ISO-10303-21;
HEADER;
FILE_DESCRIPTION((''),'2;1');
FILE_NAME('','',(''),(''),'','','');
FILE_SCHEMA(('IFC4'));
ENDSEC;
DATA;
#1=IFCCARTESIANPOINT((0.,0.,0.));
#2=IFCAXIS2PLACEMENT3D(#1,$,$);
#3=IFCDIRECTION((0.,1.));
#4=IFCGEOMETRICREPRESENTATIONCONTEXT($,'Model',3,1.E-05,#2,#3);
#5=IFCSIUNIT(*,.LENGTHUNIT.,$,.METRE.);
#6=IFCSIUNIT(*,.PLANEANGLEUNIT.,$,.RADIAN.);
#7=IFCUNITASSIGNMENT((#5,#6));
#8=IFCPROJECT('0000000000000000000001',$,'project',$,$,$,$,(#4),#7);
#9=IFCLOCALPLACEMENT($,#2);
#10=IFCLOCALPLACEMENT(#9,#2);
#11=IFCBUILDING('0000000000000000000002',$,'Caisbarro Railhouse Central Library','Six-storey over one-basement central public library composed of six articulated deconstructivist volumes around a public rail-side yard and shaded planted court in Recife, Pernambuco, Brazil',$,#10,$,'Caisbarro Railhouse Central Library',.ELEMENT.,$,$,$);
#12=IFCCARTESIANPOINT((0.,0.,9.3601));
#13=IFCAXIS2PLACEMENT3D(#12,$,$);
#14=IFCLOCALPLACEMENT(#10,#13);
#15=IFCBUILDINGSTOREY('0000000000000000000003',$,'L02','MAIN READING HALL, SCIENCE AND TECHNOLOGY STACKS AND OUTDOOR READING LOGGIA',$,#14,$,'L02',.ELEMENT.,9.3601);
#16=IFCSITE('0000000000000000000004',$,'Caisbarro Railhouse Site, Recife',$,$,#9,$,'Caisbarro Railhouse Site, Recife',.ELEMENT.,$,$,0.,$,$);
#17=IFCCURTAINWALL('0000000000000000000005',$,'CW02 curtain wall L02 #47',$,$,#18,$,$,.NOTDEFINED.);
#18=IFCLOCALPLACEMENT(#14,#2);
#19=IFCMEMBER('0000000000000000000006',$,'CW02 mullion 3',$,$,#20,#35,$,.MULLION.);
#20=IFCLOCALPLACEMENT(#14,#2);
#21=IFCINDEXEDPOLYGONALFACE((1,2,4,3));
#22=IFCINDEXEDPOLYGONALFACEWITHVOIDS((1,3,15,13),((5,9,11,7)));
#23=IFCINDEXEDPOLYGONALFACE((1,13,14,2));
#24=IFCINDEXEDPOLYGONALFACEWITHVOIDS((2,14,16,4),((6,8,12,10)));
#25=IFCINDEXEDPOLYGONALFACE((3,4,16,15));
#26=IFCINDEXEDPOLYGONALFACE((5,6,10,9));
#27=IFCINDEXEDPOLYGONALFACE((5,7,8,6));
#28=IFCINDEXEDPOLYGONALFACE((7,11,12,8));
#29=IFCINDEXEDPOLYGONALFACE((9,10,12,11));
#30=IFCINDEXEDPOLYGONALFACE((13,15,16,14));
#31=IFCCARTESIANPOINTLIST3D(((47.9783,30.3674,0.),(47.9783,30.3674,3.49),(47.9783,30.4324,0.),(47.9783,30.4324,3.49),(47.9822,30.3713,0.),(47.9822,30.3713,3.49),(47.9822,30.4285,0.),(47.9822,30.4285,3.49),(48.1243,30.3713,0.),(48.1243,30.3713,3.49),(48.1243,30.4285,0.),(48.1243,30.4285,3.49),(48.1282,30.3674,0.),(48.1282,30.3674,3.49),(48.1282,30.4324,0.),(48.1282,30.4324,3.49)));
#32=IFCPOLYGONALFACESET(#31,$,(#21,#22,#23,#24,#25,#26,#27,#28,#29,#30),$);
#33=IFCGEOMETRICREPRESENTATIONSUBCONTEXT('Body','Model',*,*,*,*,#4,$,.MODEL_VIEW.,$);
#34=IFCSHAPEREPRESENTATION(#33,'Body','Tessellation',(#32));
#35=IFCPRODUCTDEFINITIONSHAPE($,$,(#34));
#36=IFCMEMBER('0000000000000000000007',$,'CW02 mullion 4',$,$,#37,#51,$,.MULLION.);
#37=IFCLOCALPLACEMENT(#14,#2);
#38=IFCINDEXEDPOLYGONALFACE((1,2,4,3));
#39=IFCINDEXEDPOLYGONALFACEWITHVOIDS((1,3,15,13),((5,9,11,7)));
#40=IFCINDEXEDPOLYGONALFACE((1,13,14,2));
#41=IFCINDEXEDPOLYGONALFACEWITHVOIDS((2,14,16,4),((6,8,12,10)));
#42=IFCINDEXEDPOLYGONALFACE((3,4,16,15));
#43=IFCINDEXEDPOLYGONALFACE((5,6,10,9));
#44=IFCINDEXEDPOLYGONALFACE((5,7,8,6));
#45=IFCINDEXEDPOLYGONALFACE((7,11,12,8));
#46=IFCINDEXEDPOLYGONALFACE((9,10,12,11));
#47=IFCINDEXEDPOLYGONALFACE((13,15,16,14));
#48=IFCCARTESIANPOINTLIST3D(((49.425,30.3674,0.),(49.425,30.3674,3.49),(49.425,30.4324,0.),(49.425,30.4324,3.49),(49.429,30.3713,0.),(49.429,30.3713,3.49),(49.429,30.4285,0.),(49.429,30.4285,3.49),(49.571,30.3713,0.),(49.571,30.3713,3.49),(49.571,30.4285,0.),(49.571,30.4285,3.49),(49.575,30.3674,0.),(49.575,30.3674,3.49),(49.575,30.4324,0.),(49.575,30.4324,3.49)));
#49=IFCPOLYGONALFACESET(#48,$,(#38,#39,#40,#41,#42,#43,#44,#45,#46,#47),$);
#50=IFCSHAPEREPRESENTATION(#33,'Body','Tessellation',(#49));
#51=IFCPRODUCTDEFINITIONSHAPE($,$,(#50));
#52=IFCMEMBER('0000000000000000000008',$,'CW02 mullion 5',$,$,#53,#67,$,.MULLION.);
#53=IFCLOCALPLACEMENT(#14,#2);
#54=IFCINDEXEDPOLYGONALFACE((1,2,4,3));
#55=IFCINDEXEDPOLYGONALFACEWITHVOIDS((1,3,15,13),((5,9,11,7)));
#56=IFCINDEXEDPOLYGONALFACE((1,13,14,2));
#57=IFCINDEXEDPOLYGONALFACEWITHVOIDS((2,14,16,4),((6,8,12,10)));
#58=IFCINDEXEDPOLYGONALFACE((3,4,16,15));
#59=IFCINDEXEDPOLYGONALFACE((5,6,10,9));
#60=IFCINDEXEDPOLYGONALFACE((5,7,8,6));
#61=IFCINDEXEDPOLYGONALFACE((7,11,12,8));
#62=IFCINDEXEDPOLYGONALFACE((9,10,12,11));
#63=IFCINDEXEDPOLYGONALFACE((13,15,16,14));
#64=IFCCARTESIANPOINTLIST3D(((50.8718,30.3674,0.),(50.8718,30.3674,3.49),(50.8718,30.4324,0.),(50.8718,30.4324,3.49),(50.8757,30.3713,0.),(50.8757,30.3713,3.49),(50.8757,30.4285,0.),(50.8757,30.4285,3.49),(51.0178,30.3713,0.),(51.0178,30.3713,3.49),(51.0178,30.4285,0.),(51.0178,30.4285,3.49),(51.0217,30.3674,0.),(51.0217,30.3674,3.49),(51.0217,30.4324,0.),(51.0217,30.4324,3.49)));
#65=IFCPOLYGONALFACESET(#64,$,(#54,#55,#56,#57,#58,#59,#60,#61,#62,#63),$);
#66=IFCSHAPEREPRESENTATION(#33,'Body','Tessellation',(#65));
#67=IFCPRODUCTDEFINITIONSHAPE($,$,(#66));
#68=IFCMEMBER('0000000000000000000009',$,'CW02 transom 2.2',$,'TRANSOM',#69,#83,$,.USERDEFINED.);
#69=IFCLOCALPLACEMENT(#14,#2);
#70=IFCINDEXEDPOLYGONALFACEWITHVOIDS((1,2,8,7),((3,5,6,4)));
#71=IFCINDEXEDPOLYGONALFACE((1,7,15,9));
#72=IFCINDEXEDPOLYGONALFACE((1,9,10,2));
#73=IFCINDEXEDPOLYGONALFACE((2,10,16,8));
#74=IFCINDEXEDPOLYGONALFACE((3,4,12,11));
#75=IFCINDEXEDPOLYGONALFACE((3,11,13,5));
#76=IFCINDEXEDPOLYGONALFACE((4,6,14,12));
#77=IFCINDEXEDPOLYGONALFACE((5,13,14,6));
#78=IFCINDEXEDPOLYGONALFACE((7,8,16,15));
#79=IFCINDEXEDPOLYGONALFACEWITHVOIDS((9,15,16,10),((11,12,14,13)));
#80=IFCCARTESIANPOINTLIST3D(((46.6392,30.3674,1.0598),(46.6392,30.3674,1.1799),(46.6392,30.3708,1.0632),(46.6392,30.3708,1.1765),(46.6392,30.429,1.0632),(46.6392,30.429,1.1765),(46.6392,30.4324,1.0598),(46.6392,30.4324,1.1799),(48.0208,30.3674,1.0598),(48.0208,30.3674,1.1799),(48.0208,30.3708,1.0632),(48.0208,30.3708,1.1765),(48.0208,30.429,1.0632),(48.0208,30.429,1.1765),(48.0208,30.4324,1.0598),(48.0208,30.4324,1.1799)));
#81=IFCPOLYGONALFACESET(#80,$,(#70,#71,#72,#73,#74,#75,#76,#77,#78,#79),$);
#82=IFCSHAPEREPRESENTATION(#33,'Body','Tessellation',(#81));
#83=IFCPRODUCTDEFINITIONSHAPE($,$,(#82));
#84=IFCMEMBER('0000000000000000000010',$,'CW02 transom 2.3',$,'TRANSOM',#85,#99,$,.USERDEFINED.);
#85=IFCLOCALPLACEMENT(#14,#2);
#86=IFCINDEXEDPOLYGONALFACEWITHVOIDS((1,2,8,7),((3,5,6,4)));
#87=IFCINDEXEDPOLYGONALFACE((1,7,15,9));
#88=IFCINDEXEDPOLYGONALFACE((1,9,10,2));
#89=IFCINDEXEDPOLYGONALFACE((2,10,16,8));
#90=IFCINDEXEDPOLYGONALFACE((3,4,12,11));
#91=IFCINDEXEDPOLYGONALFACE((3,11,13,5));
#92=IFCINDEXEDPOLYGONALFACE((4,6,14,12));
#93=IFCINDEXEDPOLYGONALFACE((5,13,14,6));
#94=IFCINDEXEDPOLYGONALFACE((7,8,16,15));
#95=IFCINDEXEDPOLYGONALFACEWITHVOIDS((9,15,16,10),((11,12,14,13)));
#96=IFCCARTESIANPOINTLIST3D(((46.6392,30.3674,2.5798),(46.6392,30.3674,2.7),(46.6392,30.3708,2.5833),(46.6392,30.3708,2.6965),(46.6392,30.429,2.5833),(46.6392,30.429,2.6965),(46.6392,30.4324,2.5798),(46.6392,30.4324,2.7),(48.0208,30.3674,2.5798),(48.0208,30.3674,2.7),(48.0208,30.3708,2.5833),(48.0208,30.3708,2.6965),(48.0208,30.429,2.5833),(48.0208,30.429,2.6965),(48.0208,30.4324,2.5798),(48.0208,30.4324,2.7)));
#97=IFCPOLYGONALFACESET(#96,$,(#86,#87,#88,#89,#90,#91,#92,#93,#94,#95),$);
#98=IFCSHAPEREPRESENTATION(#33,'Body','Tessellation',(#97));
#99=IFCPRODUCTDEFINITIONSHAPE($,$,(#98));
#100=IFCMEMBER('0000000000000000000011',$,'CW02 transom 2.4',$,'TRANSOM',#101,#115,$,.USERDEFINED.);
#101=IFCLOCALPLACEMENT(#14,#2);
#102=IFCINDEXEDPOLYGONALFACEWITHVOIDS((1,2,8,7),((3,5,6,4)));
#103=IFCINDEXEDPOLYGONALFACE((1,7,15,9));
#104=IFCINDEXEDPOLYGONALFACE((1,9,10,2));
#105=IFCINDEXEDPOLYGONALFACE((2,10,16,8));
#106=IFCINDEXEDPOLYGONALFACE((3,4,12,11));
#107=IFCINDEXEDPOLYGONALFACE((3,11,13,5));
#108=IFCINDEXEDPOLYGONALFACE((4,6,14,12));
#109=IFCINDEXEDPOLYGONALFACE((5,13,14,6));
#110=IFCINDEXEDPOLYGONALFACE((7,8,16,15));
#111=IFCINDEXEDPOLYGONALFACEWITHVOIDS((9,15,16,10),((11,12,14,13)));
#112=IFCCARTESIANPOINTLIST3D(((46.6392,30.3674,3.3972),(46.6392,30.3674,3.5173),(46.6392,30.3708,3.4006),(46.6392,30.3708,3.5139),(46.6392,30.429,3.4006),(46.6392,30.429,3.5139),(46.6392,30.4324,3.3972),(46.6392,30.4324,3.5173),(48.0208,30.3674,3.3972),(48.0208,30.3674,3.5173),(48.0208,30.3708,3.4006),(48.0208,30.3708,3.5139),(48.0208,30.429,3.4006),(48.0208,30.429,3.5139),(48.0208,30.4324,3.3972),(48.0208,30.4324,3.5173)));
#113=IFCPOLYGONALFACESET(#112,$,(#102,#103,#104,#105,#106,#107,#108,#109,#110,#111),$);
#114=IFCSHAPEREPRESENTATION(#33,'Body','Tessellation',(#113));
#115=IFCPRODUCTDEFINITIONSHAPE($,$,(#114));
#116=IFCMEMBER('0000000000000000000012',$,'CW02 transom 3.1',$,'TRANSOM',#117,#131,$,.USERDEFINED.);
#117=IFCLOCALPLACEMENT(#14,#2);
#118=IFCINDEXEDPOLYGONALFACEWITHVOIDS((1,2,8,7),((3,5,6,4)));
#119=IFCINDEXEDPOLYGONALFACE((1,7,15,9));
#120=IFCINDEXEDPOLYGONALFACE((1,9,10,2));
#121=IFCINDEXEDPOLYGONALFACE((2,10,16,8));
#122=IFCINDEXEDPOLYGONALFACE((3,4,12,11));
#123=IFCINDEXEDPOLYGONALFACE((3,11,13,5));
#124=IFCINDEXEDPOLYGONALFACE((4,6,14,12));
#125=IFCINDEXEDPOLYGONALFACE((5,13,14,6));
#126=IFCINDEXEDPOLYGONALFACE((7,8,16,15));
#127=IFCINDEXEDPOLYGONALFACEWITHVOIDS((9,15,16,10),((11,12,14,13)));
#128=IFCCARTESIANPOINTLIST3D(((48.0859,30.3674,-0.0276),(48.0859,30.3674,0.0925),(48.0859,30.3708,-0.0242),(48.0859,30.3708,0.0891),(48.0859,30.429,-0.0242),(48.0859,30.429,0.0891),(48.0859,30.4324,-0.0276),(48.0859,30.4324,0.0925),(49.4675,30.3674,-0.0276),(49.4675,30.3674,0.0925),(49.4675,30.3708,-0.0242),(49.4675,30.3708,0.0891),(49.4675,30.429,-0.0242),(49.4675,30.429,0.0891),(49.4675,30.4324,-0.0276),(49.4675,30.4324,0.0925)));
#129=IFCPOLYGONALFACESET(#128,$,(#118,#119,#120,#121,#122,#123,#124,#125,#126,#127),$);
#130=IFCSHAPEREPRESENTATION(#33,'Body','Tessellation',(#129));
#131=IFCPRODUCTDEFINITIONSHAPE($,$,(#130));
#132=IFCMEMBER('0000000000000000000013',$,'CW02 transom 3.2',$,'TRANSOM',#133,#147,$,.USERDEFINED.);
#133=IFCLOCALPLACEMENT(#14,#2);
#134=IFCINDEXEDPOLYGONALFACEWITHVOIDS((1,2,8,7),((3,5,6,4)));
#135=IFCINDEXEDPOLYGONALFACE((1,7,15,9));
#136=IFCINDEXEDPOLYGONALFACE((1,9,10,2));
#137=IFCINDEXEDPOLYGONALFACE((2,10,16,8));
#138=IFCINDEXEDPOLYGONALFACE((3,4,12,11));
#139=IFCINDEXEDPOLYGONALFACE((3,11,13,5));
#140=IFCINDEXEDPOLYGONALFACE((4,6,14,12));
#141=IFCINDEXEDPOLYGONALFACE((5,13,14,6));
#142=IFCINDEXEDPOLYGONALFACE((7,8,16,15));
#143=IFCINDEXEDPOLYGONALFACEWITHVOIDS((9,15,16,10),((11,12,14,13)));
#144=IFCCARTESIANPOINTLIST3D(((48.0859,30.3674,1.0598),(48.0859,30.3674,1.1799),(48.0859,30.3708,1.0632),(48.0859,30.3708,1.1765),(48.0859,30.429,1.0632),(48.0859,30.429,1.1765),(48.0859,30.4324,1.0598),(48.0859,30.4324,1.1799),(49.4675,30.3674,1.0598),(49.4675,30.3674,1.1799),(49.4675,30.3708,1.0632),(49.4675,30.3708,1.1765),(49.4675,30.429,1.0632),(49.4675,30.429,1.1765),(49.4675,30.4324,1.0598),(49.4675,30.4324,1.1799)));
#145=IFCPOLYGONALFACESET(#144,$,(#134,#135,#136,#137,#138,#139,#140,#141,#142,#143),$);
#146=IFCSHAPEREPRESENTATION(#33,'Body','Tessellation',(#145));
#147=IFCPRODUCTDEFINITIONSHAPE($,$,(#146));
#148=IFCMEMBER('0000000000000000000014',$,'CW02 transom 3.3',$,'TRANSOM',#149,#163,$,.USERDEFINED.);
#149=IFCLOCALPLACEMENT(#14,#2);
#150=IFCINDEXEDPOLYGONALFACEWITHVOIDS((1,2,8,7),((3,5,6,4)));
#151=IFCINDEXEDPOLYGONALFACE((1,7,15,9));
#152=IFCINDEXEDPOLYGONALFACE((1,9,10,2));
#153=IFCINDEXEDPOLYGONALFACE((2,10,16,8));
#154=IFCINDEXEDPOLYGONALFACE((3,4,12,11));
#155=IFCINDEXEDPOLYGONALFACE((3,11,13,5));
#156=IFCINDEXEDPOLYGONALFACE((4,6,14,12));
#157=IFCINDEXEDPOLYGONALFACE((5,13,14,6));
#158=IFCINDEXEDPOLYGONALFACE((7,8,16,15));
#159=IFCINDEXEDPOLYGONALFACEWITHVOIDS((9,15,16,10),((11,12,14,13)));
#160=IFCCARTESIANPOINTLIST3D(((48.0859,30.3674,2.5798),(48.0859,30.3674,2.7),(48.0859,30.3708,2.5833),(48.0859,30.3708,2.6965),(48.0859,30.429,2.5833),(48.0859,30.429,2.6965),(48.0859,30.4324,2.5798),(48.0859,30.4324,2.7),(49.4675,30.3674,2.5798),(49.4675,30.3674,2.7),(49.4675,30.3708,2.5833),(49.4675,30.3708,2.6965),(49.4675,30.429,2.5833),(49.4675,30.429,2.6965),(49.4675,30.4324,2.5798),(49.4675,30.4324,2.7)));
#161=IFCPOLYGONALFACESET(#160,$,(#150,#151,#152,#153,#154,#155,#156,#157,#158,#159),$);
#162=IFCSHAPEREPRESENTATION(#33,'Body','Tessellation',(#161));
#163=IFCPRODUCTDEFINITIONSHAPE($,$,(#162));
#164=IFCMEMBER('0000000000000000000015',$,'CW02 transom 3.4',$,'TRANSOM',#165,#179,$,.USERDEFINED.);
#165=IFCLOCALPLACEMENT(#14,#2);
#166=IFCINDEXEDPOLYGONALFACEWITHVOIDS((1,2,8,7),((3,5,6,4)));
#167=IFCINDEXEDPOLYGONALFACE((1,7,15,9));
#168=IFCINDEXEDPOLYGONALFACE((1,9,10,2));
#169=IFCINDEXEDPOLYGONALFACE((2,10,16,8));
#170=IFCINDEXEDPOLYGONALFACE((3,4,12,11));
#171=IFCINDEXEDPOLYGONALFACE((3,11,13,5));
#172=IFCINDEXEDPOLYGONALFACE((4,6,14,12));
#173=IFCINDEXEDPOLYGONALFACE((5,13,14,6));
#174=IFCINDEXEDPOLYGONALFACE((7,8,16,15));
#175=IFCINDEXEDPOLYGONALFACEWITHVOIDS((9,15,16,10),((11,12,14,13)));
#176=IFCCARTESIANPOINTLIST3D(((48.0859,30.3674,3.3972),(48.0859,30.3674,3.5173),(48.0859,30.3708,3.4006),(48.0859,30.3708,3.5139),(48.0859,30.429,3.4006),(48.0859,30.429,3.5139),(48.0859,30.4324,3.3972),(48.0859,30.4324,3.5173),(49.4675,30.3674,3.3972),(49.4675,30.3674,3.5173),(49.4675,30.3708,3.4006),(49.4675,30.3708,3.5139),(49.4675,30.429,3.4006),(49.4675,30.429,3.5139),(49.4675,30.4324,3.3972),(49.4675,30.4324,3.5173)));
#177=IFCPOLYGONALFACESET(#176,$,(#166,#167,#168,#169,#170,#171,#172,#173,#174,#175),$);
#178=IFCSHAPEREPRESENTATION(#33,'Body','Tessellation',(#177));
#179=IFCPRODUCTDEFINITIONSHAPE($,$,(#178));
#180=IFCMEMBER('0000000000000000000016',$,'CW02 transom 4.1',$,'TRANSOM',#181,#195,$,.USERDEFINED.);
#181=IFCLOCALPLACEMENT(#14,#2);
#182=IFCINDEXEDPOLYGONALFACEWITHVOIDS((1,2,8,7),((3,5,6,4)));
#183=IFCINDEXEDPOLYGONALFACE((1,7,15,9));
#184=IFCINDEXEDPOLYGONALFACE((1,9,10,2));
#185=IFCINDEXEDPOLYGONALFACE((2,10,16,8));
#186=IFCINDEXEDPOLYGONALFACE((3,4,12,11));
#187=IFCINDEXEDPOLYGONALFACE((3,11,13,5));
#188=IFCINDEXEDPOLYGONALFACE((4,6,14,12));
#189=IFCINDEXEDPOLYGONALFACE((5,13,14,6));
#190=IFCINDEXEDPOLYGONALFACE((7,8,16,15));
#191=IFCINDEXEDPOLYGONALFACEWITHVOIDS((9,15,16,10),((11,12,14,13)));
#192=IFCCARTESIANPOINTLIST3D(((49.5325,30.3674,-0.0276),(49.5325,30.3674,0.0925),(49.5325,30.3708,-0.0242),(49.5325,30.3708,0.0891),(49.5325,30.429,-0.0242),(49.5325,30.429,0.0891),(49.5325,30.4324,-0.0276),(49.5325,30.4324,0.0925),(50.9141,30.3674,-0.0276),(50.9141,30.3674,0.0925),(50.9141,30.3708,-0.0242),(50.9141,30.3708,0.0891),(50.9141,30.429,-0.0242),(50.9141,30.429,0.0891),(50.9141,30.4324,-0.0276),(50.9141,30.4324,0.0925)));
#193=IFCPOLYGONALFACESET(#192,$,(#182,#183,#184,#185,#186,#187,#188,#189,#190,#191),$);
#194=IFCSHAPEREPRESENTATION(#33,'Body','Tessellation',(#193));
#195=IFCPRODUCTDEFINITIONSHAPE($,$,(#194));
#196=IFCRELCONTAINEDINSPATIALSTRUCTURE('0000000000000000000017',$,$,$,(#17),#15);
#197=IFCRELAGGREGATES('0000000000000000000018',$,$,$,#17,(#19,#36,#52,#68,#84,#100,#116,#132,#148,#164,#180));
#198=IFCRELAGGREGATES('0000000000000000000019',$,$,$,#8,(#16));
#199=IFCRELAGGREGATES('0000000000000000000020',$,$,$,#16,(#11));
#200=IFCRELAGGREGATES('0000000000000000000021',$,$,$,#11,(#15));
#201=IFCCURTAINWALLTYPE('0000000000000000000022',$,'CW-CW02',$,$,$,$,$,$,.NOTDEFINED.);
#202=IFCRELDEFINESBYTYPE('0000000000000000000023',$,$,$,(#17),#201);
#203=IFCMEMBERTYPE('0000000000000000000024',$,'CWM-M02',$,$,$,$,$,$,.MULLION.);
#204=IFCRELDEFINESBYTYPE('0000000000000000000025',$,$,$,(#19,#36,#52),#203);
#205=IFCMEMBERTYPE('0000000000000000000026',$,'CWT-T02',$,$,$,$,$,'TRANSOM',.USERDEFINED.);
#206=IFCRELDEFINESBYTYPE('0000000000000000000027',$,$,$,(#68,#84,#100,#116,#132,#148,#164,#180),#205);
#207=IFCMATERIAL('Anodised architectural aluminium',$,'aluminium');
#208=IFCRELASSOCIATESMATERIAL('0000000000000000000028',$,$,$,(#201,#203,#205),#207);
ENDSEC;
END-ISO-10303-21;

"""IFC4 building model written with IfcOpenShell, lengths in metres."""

from ifc_helpers import new_model, si_unit, direction, frame, origin, origin_2d, place, context, subcontext, project, spatial, hollow_rectangle, extrude, material, material_profile, profile_set, type_object, element, aggregate, save


model = new_model("IFC4")

# Units and contexts
model_context = context("Model", 3, precision=1e-05, world=origin(), true_north=direction((0.0, 1.0)))
body_context = subcontext(model_context, "Body", "Model", "MODEL_VIEW")
ifc_project = project(units=[si_unit("LENGTHUNIT", "METRE"), si_unit("PLANEANGLEUNIT", "RADIAN")], contexts=[model_context])

# Site, building, storey
site_placement = place(None, origin())
site = spatial("IfcSite", under=ifc_project, at=site_placement, Name="Caisbarro Railhouse Site, Recife", LongName="Caisbarro Railhouse Site, Recife", CompositionType="ELEMENT", RefElevation=0.0)
building_placement = place(site_placement, origin())
building = spatial("IfcBuilding", under=site, at=building_placement, Name="Caisbarro Railhouse Central Library", Description="Six-storey over one-basement central public library composed of six articulated deconstructivist volumes around a public rail-side yard and shaded planted court in Recife, Pernambuco, Brazil", LongName="Caisbarro Railhouse Central Library", CompositionType="ELEMENT")
storey_placement = place(building_placement, frame((0.0, 0.0, 9.3601)))
storey = spatial("IfcBuildingStorey", under=building, at=storey_placement, Name="L02", Description="MAIN READING HALL, SCIENCE AND TECHNOLOGY STACKS AND OUTDOOR READING LOGGIA", LongName="L02", CompositionType="ELEMENT", Elevation=9.3601)

# Curtain wall, members
ifc_material_1 = material(Name="Anodised architectural aluminium", Category="aluminium")
curtain_wall_type = type_object("IfcCurtainWallType", Name="CW-CW02", PredefinedType="NOTDEFINED", material=ifc_material_1)
curtain_wall_placement = place(storey_placement, origin())
curtain_wall = element("IfcCurtainWall", 1, at=curtain_wall_placement, inside=storey, type_object=curtain_wall_type, Name="CW02 curtain wall L02 #47", PredefinedType="NOTDEFINED")
ifc_material_profile_1 = material_profile(ifc_material_1, hollow_rectangle(XDim=0.0649, YDim=0.1499, WallThickness=0.0039, at=origin_2d()), Name="ALU-MUL-65X150")
ifc_profile_set_1 = profile_set([ifc_material_profile_1], Name="Anodised architectural aluminium")
member_type_1 = type_object("IfcMemberType", Name="CWM-M02", PredefinedType="MULLION", material=ifc_profile_set_1)
member_1_placement = place(storey_placement, frame((48.0532, 30.3999, 0.0), z_axis=(0.0, 0.0, 1.0), x_axis=(0.0, 1.0, 0.0)))
member_1 = element("IfcMember", 2, at=member_1_placement, type_object=member_type_1, Name="CW02 mullion 3", PredefinedType="MULLION", context=body_context, shape_type="SweptSolid", body=[
    extrude(hollow_rectangle(XDim=0.0649, YDim=0.1499, WallThickness=0.0039, at=origin_2d()), origin(), (0.0, 0.0, 1.0), 3.49),
])
member_2_placement = place(storey_placement, frame((49.5, 30.3999, 0.0), z_axis=(0.0, 0.0, 1.0), x_axis=(0.0, 1.0, 0.0)))
member_2 = element("IfcMember", 3, at=member_2_placement, type_object=member_type_1, Name="CW02 mullion 4", PredefinedType="MULLION", context=body_context, shape_type="SweptSolid", body=[
    extrude(hollow_rectangle(XDim=0.0649, YDim=0.1499, WallThickness=0.0039, at=origin_2d()), origin(), (0.0, 0.0, 1.0), 3.49),
])
member_3_placement = place(storey_placement, frame((50.9468, 30.3999, 0.0), z_axis=(0.0, 0.0, 1.0), x_axis=(0.0, 1.0, 0.0)))
member_3 = element("IfcMember", 4, at=member_3_placement, type_object=member_type_1, Name="CW02 mullion 5", PredefinedType="MULLION", context=body_context, shape_type="SweptSolid", body=[
    extrude(hollow_rectangle(XDim=0.0649, YDim=0.1499, WallThickness=0.0039, at=origin_2d()), origin(), (0.0, 0.0, 1.0), 3.49),
])
ifc_material_profile_2 = material_profile(ifc_material_1, hollow_rectangle(XDim=0.0649, YDim=0.1201, WallThickness=0.0034, at=origin_2d()), Name="ALU-TRN-65X120")
ifc_profile_set_2 = profile_set([ifc_material_profile_2], Name="Anodised architectural aluminium")
member_type_2 = type_object("IfcMemberType", Name="CWT-T02", ElementType="TRANSOM", PredefinedType="USERDEFINED", material=ifc_profile_set_2)
member_4_placement = place(storey_placement, frame((46.6392, 30.3999, 1.1199), z_axis=(1.0, 0.0, 0.0), x_axis=(0.0, 1.0, 0.0)))
member_4 = element("IfcMember", 5, at=member_4_placement, type_object=member_type_2, Name="CW02 transom 2.2", ObjectType="TRANSOM", PredefinedType="USERDEFINED", context=body_context, shape_type="SweptSolid", body=[
    extrude(hollow_rectangle(XDim=0.0649, YDim=0.1201, WallThickness=0.0034, at=origin_2d()), origin(), (0.0, 0.0, 1.0), 1.3816),
])
member_5_placement = place(storey_placement, frame((46.6392, 30.3999, 2.6399), z_axis=(1.0, 0.0, 0.0), x_axis=(0.0, 1.0, 0.0)))
member_5 = element("IfcMember", 6, at=member_5_placement, type_object=member_type_2, Name="CW02 transom 2.3", ObjectType="TRANSOM", PredefinedType="USERDEFINED", context=body_context, shape_type="SweptSolid", body=[
    extrude(hollow_rectangle(XDim=0.0649, YDim=0.1201, WallThickness=0.0034, at=origin_2d()), origin(), (0.0, 0.0, 1.0), 1.3816),
])
member_6_placement = place(storey_placement, frame((46.6392, 30.3999, 3.4573), z_axis=(1.0, 0.0, 0.0), x_axis=(0.0, 1.0, 0.0)))
member_6 = element("IfcMember", 7, at=member_6_placement, type_object=member_type_2, Name="CW02 transom 2.4", ObjectType="TRANSOM", PredefinedType="USERDEFINED", context=body_context, shape_type="SweptSolid", body=[
    extrude(hollow_rectangle(XDim=0.0649, YDim=0.1201, WallThickness=0.0034, at=origin_2d()), origin(), (0.0, 0.0, 1.0), 1.3816),
])
member_7_placement = place(storey_placement, frame((48.0859, 30.3999, 0.0325), z_axis=(1.0, 0.0, 0.0), x_axis=(0.0, 1.0, 0.0)))
member_7 = element("IfcMember", 8, at=member_7_placement, type_object=member_type_2, Name="CW02 transom 3.1", ObjectType="TRANSOM", PredefinedType="USERDEFINED", context=body_context, shape_type="SweptSolid", body=[
    extrude(hollow_rectangle(XDim=0.0649, YDim=0.1201, WallThickness=0.0034, at=origin_2d()), origin(), (0.0, 0.0, 1.0), 1.3816),
])
member_8_placement = place(storey_placement, frame((48.0859, 30.3999, 1.1199), z_axis=(1.0, 0.0, 0.0), x_axis=(0.0, 1.0, 0.0)))
member_8 = element("IfcMember", 9, at=member_8_placement, type_object=member_type_2, Name="CW02 transom 3.2", ObjectType="TRANSOM", PredefinedType="USERDEFINED", context=body_context, shape_type="SweptSolid", body=[
    extrude(hollow_rectangle(XDim=0.0649, YDim=0.1201, WallThickness=0.0034, at=origin_2d()), origin(), (0.0, 0.0, 1.0), 1.3816),
])
member_9_placement = place(storey_placement, frame((48.0859, 30.3999, 2.6399), z_axis=(1.0, 0.0, 0.0), x_axis=(0.0, 1.0, 0.0)))
member_9 = element("IfcMember", 10, at=member_9_placement, type_object=member_type_2, Name="CW02 transom 3.3", ObjectType="TRANSOM", PredefinedType="USERDEFINED", context=body_context, shape_type="SweptSolid", body=[
    extrude(hollow_rectangle(XDim=0.0649, YDim=0.1201, WallThickness=0.0034, at=origin_2d()), origin(), (0.0, 0.0, 1.0), 1.3816),
])
member_10_placement = place(storey_placement, frame((48.0859, 30.3999, 3.4573), z_axis=(1.0, 0.0, 0.0), x_axis=(0.0, 1.0, 0.0)))
member_10 = element("IfcMember", 11, at=member_10_placement, type_object=member_type_2, Name="CW02 transom 3.4", ObjectType="TRANSOM", PredefinedType="USERDEFINED", context=body_context, shape_type="SweptSolid", body=[
    extrude(hollow_rectangle(XDim=0.0649, YDim=0.1201, WallThickness=0.0034, at=origin_2d()), origin(), (0.0, 0.0, 1.0), 1.3816),
])
member_11_placement = place(storey_placement, frame((49.5325, 30.3999, 0.0325), z_axis=(1.0, 0.0, 0.0), x_axis=(0.0, 1.0, 0.0)))
member_11 = element("IfcMember", 12, at=member_11_placement, type_object=member_type_2, Name="CW02 transom 4.1", ObjectType="TRANSOM", PredefinedType="USERDEFINED", context=body_context, shape_type="SweptSolid", body=[
    extrude(hollow_rectangle(XDim=0.0649, YDim=0.1201, WallThickness=0.0034, at=origin_2d()), origin(), (0.0, 0.0, 1.0), 1.3816),
])
aggregate(curtain_wall, [member_1, member_2, member_3, member_4, member_5, member_6, member_7, member_8, member_9, member_10, member_11])

save(model, "model.ifc")
